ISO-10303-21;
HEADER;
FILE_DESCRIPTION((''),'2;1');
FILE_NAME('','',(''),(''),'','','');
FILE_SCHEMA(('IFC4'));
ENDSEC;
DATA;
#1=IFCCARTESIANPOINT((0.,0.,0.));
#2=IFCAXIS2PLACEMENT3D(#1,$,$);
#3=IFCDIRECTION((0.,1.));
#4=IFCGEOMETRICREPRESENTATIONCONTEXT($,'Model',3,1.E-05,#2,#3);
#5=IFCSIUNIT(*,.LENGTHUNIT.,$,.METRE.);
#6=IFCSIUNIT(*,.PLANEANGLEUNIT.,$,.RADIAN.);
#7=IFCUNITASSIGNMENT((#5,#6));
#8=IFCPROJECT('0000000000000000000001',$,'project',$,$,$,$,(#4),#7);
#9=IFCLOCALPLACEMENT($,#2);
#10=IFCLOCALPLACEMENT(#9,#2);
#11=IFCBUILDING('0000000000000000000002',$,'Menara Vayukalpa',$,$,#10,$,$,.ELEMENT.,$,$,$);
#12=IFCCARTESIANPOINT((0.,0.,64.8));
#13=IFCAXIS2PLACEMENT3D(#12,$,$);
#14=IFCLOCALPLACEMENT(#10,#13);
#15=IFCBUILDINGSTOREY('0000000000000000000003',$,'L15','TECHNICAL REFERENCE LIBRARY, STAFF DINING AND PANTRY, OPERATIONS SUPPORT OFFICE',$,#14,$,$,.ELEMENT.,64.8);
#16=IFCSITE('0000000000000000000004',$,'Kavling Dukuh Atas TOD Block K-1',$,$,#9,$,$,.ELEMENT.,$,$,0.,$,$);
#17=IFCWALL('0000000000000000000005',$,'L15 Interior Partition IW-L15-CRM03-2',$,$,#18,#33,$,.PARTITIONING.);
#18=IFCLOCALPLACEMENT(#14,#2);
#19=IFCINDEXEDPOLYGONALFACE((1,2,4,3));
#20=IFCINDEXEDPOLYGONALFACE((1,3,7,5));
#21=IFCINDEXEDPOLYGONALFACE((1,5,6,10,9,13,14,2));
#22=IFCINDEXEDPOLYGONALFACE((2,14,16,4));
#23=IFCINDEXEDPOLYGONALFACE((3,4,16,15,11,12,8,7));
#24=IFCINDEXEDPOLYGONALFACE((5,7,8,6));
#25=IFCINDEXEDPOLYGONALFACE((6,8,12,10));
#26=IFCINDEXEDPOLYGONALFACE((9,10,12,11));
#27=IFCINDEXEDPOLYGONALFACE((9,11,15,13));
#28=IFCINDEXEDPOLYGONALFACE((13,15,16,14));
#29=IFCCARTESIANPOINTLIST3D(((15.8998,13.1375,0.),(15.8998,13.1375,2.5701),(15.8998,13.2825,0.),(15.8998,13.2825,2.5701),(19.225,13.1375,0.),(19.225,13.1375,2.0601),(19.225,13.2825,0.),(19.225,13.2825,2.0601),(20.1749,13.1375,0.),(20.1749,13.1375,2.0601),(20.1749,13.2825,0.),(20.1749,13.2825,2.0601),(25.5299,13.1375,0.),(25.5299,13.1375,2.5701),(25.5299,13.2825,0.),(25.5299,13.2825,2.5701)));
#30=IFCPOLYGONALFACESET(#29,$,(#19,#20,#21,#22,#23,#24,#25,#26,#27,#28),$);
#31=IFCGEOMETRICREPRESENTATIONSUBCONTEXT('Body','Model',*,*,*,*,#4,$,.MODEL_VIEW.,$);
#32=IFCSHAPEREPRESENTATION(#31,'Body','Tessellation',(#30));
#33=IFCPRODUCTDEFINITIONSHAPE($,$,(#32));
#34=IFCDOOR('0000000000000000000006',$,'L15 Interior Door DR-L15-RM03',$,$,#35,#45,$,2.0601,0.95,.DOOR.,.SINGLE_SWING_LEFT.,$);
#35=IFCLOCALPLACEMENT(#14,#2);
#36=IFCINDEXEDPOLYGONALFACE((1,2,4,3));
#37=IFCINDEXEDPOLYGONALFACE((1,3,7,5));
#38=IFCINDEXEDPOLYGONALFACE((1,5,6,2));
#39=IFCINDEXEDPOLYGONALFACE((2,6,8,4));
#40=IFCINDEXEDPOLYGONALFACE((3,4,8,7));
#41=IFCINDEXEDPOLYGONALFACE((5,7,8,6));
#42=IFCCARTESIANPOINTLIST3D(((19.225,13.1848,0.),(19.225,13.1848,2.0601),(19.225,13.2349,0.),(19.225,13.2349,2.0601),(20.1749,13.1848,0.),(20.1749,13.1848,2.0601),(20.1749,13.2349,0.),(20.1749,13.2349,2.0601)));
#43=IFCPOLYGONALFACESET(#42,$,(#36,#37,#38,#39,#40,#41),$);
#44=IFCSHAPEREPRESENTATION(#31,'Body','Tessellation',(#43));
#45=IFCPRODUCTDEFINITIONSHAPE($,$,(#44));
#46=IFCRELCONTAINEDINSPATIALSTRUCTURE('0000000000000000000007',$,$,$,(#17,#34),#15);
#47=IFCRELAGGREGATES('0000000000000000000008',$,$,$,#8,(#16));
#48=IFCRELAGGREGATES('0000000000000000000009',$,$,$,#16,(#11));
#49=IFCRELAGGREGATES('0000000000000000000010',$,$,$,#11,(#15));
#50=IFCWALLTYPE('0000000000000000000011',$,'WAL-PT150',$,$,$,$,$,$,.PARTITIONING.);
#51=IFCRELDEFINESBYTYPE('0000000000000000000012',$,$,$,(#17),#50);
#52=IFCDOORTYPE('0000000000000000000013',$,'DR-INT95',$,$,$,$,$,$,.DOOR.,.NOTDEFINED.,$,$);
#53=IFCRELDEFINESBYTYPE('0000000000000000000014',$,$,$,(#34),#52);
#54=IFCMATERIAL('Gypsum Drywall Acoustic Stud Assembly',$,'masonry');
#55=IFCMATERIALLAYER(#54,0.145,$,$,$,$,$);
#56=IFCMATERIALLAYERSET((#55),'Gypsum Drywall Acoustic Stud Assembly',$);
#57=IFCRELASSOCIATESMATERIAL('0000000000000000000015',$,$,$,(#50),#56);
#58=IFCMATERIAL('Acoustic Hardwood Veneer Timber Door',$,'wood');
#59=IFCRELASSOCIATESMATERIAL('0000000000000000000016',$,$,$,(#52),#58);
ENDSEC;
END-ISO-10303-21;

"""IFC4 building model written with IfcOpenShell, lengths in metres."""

from ifc_helpers import new_model, si_unit, direction, frame, frame_2d, origin, place, context, subcontext, project, spatial, rectangle, extrude, material, layer, layer_set, type_object, element, fill, save


model = new_model("IFC4")

# Units and contexts
model_context = context("Model", 3, precision=1e-05, world=origin(), true_north=direction((0.0, 1.0)))
body_context = subcontext(model_context, "Body", "Model", "MODEL_VIEW")
ifc_project = project(units=[si_unit("LENGTHUNIT", "METRE"), si_unit("PLANEANGLEUNIT", "RADIAN")], contexts=[model_context])

# Site, building, storey
site_placement = place(None, origin())
site = spatial("IfcSite", under=ifc_project, at=site_placement, Name="Kavling Dukuh Atas TOD Block K-1", CompositionType="ELEMENT", RefElevation=0.0)
building_placement = place(site_placement, origin())
building = spatial("IfcBuilding", under=site, at=building_placement, Name="Menara Vayukalpa", CompositionType="ELEMENT")
storey_placement = place(building_placement, frame((0.0, 0.0, 64.8)))
storey = spatial("IfcBuildingStorey", under=building, at=storey_placement, Name="L15", Description="TECHNICAL REFERENCE LIBRARY, STAFF DINING AND PANTRY, OPERATIONS SUPPORT OFFICE", CompositionType="ELEMENT", Elevation=64.8)

# Shared definitions
ifc_material_1 = material(Name="Gypsum Drywall Acoustic Stud Assembly", Category="masonry")
ifc_layer_1 = layer(ifc_material_1, 0.145)
ifc_layer_set_1 = layer_set([ifc_layer_1], Name="Gypsum Drywall Acoustic Stud Assembly")
wall_type_1 = type_object("IfcWallType", Name="WAL-PT150", PredefinedType="PARTITIONING", material=ifc_layer_set_1)

# Wall, opening, door
wall_1_placement = place(storey_placement, frame((15.8999, 13.21, 0.0), z_axis=(0.0, 0.0, 1.0), x_axis=(1.0, 0.0, 0.0)))
wall_1 = element("IfcWall", 1, at=wall_1_placement, inside=storey, type_object=wall_type_1, Name="L15 Interior Partition IW-L15-CRM03-2", PredefinedType="PARTITIONING", context=body_context, shape_type="SweptSolid", body=[
    extrude(rectangle(XDim=9.6301, YDim=0.145, at=frame_2d((4.8149, 0.0))), origin(), (0.0, 0.0, 1.0), 2.5701),
])
opening_placement = place(wall_1_placement, frame((3.325, 0.0, 0.0)))
opening = element("IfcOpeningElement", 2, at=opening_placement, cuts=wall_1, PredefinedType="OPENING", context=body_context, shape_type="SweptSolid", body=[
    extrude(rectangle(XDim=0.95, YDim=2.0601, at=frame_2d((0.4751, 1.03))), frame((0.0, 0.0825, 0.0), z_axis=(0.0, -1.0, 0.0), x_axis=(1.0, 0.0, 0.0)), (0.0, 0.0, 1.0), 0.165),
])
ifc_material_2 = material(Name="Acoustic Hardwood Veneer Timber Door", Category="wood")
door_type = type_object("IfcDoorType", Name="DR-INT95", OperationType="NOTDEFINED", PredefinedType="DOOR", material=ifc_material_2)
door_placement = place(opening_placement, origin())
door = element("IfcDoor", 3, at=door_placement, inside=storey, type_object=door_type, Name="L15 Interior Door DR-L15-RM03", OperationType="SINGLE_SWING_LEFT", OverallHeight=2.0601, OverallWidth=0.95, PredefinedType="DOOR", context=body_context, shape_type="SweptSolid", body=[
    extrude(rectangle(XDim=0.95, YDim=2.0601, at=frame_2d((0.4751, 1.03))), frame((0.0, 0.0249, 0.0), z_axis=(0.0, -1.0, 0.0), x_axis=(1.0, 0.0, 0.0)), (0.0, 0.0, 1.0), 0.05),
])
fill(opening, door)

save(model, "model.ifc")
